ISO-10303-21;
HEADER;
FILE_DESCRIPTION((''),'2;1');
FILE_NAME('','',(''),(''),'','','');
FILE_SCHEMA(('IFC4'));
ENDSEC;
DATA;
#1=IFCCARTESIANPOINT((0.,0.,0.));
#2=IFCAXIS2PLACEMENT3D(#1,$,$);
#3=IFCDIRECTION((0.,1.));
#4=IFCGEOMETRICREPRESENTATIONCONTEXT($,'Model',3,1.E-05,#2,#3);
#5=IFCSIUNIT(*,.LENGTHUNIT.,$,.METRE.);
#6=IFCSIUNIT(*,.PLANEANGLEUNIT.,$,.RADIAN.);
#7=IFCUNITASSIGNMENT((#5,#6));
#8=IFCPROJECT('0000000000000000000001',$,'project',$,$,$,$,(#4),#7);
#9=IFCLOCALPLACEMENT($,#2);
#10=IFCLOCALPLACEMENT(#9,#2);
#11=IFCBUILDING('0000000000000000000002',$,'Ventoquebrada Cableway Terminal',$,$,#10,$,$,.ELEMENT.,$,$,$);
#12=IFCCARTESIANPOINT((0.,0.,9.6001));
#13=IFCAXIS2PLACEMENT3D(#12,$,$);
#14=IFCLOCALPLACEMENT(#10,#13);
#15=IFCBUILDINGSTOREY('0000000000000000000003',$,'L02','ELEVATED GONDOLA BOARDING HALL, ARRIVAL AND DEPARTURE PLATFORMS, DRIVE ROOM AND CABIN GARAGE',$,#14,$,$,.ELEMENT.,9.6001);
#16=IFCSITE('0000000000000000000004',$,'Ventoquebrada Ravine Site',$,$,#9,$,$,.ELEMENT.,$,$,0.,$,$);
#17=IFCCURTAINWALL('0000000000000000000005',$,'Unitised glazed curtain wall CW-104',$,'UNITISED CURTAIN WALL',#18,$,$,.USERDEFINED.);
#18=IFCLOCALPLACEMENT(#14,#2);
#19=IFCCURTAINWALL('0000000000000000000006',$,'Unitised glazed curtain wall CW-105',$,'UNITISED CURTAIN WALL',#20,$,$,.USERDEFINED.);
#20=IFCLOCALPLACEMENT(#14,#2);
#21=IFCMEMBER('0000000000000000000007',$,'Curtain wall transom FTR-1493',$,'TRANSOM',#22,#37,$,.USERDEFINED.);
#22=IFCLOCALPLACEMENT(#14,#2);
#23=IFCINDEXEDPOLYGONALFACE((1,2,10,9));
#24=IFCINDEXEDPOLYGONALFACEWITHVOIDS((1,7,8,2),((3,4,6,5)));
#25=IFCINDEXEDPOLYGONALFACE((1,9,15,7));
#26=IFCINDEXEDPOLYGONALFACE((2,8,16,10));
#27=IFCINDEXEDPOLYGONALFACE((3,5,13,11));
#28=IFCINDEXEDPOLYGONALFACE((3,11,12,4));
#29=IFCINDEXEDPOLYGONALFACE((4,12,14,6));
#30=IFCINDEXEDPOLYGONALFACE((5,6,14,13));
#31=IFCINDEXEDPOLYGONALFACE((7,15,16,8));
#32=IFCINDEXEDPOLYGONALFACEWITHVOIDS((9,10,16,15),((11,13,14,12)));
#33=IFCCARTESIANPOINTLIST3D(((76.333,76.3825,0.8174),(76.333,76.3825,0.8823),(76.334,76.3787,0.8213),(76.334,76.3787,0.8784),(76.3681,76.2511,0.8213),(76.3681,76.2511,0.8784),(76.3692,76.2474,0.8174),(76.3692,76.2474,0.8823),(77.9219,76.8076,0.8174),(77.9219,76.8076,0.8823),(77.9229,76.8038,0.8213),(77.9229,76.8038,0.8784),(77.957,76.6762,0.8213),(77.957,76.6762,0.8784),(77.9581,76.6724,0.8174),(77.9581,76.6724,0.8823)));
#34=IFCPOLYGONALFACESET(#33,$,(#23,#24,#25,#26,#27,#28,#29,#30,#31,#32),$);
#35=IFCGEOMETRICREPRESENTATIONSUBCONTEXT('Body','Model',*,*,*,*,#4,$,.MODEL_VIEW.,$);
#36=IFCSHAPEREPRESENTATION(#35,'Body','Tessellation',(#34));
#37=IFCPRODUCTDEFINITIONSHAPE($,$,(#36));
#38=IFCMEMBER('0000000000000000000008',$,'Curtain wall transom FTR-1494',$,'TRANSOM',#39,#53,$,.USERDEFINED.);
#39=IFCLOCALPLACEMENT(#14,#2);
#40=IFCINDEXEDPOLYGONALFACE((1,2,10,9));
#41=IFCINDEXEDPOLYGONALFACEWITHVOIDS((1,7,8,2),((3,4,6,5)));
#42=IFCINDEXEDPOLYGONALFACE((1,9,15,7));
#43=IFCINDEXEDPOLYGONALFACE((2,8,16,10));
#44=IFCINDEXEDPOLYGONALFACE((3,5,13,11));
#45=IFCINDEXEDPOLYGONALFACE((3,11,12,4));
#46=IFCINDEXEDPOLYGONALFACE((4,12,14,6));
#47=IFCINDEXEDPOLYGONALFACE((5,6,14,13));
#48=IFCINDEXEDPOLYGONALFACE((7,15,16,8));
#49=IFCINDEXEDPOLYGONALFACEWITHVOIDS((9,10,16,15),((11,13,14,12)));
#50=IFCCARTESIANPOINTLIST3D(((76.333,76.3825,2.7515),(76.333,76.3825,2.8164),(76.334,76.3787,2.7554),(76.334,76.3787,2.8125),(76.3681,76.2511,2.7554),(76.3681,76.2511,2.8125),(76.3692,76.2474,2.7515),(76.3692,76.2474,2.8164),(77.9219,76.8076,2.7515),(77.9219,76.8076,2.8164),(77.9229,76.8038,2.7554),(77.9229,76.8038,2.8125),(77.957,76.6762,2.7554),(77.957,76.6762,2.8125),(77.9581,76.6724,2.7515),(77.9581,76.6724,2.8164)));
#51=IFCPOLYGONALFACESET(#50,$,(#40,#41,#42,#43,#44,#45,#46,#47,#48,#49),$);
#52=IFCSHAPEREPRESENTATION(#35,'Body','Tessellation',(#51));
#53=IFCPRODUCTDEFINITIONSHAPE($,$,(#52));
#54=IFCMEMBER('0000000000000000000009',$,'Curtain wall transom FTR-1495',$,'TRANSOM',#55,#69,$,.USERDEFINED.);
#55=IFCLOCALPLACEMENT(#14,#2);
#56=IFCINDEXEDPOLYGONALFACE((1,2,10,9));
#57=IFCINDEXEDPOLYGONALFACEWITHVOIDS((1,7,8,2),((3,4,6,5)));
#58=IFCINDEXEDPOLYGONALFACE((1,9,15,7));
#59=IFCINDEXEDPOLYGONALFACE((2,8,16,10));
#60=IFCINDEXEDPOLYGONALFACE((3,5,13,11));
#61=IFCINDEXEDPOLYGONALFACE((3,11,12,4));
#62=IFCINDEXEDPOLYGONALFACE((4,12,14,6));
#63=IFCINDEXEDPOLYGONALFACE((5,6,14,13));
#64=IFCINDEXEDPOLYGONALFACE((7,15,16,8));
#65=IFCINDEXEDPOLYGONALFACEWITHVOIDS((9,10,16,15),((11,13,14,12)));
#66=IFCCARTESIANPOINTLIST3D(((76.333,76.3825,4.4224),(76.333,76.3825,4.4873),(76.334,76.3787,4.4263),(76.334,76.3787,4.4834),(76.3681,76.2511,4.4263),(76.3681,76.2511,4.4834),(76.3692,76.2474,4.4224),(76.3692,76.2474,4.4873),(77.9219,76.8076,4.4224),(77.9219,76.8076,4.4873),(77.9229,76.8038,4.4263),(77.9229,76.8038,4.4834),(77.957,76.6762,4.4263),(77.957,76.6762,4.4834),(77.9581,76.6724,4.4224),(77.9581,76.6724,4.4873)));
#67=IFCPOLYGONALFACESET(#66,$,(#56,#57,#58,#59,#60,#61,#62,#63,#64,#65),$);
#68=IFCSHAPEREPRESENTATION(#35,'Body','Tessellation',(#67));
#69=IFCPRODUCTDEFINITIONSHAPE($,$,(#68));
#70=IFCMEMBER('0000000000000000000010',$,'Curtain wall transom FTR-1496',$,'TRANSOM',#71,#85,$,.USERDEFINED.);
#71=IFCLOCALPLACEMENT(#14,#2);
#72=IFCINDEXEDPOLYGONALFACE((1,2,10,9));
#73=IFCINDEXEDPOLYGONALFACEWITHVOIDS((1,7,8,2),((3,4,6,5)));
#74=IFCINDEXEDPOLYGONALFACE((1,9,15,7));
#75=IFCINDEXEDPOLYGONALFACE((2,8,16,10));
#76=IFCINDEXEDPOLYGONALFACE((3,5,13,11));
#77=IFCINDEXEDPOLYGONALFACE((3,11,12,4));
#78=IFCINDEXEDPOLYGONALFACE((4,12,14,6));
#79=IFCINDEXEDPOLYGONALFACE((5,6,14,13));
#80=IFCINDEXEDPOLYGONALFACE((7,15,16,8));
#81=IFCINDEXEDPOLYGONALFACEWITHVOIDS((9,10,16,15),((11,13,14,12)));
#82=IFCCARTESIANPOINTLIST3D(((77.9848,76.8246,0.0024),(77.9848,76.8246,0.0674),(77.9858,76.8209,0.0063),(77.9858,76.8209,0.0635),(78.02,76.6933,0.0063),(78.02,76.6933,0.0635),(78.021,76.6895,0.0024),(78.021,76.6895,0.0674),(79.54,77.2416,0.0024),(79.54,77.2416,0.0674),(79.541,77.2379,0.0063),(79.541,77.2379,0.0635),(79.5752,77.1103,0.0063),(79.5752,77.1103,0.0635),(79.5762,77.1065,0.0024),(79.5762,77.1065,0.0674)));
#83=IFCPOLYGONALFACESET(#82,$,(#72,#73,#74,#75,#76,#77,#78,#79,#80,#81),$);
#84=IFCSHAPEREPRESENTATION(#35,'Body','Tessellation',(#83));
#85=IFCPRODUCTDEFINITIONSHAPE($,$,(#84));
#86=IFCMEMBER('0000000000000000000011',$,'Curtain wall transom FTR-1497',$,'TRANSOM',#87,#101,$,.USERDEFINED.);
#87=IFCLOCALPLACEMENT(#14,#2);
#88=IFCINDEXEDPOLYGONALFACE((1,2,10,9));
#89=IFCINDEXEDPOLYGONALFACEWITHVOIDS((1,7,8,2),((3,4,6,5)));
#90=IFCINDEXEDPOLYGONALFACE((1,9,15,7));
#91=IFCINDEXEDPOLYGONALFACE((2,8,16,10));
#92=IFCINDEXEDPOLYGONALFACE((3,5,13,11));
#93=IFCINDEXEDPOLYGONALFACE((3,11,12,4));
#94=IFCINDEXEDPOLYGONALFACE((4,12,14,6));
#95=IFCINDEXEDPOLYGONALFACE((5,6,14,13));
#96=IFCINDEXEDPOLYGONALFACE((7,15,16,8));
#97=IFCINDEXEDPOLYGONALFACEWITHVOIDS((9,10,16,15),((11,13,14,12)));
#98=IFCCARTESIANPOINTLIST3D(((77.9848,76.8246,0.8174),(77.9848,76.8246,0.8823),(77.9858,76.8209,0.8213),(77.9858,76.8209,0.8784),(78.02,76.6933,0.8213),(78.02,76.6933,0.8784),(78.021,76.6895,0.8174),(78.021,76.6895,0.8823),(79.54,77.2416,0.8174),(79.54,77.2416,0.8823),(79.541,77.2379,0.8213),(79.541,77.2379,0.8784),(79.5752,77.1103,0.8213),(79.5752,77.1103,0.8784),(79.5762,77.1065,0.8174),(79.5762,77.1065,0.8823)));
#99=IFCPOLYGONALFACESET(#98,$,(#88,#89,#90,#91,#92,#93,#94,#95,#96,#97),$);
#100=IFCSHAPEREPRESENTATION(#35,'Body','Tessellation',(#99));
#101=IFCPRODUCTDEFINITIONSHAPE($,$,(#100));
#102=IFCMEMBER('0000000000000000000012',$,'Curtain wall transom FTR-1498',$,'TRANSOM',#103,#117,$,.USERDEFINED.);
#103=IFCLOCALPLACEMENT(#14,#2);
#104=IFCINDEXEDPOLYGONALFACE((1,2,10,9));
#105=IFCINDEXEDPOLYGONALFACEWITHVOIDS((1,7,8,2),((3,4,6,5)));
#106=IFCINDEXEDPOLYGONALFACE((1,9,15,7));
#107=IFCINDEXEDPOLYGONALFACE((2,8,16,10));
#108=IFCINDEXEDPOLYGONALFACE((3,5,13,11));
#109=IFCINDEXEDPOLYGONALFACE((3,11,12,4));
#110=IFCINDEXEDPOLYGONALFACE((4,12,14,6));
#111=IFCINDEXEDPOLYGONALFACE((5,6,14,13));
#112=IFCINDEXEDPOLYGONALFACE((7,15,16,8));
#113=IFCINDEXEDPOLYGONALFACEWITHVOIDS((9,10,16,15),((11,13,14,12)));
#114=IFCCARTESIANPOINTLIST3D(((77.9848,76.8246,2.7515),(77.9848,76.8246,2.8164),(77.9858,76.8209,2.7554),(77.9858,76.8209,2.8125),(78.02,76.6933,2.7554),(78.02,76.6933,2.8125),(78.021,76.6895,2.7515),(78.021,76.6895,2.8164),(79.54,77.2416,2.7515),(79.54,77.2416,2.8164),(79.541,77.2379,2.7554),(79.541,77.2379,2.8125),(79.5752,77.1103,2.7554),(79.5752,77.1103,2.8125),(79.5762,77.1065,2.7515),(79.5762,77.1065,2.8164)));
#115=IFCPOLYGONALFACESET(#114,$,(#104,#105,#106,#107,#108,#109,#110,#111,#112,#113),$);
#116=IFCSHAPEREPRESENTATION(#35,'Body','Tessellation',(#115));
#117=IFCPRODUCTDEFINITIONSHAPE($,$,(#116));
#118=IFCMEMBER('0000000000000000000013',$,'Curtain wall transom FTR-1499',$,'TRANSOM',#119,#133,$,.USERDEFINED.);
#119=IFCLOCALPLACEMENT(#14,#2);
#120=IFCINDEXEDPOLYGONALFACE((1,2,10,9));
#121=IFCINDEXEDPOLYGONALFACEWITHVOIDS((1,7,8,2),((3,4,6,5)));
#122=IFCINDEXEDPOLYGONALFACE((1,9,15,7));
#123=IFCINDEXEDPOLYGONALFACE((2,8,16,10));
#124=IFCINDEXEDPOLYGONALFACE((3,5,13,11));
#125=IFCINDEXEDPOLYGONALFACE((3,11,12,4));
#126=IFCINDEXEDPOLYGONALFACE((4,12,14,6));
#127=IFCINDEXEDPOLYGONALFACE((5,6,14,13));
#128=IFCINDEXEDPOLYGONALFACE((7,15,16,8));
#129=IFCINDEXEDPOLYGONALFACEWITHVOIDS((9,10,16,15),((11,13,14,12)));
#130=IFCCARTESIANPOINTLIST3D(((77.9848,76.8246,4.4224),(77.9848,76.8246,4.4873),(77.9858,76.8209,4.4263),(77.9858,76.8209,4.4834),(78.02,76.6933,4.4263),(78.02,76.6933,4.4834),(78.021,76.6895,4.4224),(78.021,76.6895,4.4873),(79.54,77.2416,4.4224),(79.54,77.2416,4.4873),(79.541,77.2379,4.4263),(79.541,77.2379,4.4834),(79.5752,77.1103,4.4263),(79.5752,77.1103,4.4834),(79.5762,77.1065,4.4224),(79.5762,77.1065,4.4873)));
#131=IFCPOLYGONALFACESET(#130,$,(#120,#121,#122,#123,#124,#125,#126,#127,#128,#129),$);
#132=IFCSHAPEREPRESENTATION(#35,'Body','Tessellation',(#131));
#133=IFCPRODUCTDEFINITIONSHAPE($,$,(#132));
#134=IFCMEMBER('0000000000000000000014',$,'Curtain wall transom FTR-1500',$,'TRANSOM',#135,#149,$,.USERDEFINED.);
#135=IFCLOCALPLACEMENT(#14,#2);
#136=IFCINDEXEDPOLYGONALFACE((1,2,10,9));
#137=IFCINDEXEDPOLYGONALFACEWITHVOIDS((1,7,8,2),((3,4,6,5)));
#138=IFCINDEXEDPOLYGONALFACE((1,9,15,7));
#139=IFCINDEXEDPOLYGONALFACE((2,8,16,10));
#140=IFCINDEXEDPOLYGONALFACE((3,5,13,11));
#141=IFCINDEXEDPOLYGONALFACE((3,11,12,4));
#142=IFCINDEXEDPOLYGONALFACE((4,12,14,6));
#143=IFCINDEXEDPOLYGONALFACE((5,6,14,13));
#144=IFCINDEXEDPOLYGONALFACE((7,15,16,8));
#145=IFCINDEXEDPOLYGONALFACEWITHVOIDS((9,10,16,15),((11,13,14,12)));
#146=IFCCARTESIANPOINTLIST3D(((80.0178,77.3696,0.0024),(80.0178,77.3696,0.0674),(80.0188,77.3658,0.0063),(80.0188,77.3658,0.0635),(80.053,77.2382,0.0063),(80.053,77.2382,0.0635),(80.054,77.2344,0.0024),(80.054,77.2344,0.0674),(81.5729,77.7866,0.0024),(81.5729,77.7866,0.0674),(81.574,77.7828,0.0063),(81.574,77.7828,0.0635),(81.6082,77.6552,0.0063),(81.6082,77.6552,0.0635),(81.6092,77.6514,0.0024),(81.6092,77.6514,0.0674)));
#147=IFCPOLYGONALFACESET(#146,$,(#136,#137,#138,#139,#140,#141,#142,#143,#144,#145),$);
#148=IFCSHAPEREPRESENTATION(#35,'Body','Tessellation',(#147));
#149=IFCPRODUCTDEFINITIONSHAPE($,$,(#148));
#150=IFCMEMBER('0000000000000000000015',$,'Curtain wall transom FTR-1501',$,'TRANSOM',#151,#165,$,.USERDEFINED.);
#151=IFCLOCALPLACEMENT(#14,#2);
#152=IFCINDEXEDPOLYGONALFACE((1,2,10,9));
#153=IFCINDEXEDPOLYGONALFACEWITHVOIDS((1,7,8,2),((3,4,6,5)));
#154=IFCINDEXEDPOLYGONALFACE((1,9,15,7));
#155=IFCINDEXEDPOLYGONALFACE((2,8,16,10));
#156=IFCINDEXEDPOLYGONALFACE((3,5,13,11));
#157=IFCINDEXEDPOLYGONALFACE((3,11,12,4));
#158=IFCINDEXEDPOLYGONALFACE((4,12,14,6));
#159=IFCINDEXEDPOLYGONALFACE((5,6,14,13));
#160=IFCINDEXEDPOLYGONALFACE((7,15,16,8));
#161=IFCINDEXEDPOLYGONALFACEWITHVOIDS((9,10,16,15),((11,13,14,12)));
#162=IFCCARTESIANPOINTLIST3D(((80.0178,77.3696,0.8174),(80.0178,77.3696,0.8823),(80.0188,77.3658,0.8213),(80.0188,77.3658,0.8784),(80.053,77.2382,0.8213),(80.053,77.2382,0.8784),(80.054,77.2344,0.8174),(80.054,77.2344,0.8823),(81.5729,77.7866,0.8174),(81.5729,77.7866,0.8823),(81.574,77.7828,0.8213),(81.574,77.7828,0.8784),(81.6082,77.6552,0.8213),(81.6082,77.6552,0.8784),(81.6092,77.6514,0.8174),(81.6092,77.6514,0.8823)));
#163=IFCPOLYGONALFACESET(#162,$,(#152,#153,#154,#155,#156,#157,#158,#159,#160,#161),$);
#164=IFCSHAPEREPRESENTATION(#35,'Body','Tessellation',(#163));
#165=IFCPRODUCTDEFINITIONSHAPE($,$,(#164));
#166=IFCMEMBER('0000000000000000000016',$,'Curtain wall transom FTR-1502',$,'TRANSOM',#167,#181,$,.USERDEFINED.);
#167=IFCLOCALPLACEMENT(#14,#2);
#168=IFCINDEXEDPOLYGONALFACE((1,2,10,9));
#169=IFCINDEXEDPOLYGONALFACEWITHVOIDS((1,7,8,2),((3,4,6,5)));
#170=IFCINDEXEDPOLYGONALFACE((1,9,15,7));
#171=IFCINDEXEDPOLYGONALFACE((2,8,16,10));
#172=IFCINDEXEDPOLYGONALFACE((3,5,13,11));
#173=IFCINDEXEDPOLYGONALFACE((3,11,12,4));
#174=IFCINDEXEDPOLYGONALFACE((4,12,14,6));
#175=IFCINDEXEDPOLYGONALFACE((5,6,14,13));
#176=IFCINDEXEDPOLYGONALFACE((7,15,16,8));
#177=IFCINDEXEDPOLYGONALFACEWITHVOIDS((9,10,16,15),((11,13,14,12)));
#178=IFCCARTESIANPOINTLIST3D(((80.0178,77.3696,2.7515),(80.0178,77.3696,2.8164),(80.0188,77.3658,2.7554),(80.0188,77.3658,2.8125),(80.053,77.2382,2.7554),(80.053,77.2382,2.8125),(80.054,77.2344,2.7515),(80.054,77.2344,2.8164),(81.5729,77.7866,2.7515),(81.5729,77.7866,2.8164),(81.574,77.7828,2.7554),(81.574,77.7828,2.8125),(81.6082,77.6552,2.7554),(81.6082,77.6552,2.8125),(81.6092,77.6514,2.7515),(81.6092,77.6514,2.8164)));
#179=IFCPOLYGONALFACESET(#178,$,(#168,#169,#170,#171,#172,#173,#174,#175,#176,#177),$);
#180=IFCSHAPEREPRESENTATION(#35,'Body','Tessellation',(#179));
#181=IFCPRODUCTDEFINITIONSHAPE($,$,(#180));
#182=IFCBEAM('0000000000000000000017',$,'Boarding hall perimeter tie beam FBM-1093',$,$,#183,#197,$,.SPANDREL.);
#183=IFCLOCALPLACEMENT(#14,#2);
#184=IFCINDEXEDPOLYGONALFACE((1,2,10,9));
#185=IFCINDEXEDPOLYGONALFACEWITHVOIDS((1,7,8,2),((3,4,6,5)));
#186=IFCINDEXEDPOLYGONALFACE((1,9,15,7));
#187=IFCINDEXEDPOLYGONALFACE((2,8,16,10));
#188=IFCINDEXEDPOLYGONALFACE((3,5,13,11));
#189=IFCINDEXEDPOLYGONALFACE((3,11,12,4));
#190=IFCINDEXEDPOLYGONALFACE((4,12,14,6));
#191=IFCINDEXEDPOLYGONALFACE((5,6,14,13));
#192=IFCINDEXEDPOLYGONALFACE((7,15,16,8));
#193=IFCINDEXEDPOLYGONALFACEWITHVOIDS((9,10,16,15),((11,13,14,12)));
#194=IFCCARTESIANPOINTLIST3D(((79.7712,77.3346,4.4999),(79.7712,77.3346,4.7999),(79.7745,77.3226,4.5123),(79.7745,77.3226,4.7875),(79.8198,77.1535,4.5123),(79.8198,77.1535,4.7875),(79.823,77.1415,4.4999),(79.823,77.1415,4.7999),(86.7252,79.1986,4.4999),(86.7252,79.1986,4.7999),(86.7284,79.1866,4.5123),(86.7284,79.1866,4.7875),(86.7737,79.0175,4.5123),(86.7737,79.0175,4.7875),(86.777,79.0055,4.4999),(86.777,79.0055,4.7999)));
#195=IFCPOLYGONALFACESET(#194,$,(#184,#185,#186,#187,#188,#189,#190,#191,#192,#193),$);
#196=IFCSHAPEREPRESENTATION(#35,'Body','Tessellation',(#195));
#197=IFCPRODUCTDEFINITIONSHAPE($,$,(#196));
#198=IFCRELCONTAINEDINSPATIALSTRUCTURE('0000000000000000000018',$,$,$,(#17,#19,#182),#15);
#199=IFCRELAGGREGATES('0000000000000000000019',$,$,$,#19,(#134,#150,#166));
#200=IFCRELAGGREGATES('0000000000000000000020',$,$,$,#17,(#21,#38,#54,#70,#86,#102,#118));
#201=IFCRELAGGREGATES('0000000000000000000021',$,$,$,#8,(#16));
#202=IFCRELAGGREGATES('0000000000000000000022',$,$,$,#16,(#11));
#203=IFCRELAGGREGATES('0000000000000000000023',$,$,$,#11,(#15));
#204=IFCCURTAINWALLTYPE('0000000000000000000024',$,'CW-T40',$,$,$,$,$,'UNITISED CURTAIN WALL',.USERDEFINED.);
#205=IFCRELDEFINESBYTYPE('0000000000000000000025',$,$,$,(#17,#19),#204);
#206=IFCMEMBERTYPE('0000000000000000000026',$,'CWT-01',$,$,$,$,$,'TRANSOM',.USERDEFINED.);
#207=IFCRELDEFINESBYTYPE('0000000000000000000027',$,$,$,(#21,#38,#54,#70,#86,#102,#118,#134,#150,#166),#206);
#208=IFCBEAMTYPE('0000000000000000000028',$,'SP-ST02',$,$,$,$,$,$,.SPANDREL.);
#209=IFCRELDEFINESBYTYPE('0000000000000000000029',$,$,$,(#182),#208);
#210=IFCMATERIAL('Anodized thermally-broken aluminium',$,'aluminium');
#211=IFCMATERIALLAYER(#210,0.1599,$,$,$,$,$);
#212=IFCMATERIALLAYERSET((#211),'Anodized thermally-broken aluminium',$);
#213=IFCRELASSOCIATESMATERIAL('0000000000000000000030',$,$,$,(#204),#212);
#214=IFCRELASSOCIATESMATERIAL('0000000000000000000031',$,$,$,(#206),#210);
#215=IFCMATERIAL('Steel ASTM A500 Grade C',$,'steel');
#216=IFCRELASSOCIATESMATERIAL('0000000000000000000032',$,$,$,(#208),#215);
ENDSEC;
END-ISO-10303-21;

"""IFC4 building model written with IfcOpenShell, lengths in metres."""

from ifc_helpers import new_model, si_unit, direction, frame, origin, origin_2d, place, context, subcontext, project, spatial, hollow_rectangle, extrude, material, layer, layer_set, material_profile, profile_set, type_object, element, aggregate, save


model = new_model("IFC4")

# Units and contexts
model_context = context("Model", 3, precision=1e-05, world=origin(), true_north=direction((0.0, 1.0)))
body_context = subcontext(model_context, "Body", "Model", "MODEL_VIEW")
ifc_project = project(units=[si_unit("LENGTHUNIT", "METRE"), si_unit("PLANEANGLEUNIT", "RADIAN")], contexts=[model_context])

# Site, building, storey
site_placement = place(None, origin())
site = spatial("IfcSite", under=ifc_project, at=site_placement, Name="Ventoquebrada Ravine Site", CompositionType="ELEMENT", RefElevation=0.0)
building_placement = place(site_placement, origin())
building = spatial("IfcBuilding", under=site, at=building_placement, Name="Ventoquebrada Cableway Terminal", CompositionType="ELEMENT")
storey_placement = place(building_placement, frame((0.0, 0.0, 9.6001)))
storey = spatial("IfcBuildingStorey", under=building, at=storey_placement, Name="L02", Description="ELEVATED GONDOLA BOARDING HALL, ARRIVAL AND DEPARTURE PLATFORMS, DRIVE ROOM AND CABIN GARAGE", CompositionType="ELEMENT", Elevation=9.6001)

# Shared definitions
ifc_material_1 = material(Name="Steel ASTM A500 Grade C", Category="steel")

# Curtain wall
ifc_material_2 = material(Name="Anodized thermally-broken aluminium", Category="aluminium")
ifc_layer_1 = layer(ifc_material_2, 0.1599)
ifc_layer_set_1 = layer_set([ifc_layer_1], Name="Anodized thermally-broken aluminium")
curtain_wall_type = type_object("IfcCurtainWallType", Name="CW-T40", ElementType="UNITISED CURTAIN WALL", PredefinedType="USERDEFINED", material=ifc_layer_set_1)
curtain_wall_1_placement = place(storey_placement, origin())
curtain_wall_1 = element("IfcCurtainWall", 1, at=curtain_wall_1_placement, inside=storey, type_object=curtain_wall_type, Name="Unitised glazed curtain wall CW-104", ObjectType="UNITISED CURTAIN WALL", PredefinedType="USERDEFINED")

# Curtain wall
curtain_wall_2_placement = place(storey_placement, origin())
curtain_wall_2 = element("IfcCurtainWall", 2, at=curtain_wall_2_placement, inside=storey, type_object=curtain_wall_type, Name="Unitised glazed curtain wall CW-105", ObjectType="UNITISED CURTAIN WALL", PredefinedType="USERDEFINED")

# Members
ifc_material_profile_1 = material_profile(ifc_material_2, hollow_rectangle(XDim=0.0649, YDim=0.1399, WallThickness=0.0039, at=origin_2d()), Name="CW-TRN-65X140")
ifc_profile_set_1 = profile_set([ifc_material_profile_1], Name="Anodized thermally-broken aluminium")
member_type_1 = type_object("IfcMemberType", Name="CWT-01", ElementType="TRANSOM", PredefinedType="USERDEFINED", material=ifc_profile_set_1)
member_1_placement = place(storey_placement, frame((76.3511, 76.3149, 0.8499), z_axis=(0.96603, 0.258429, 0.0), x_axis=(0.0, 0.0, 1.0)))
member_1 = element("IfcMember", 3, at=member_1_placement, type_object=member_type_1, Name="Curtain wall transom FTR-1493", ObjectType="TRANSOM", PredefinedType="USERDEFINED", context=body_context, shape_type="SweptSolid", body=[
    extrude(hollow_rectangle(XDim=0.0649, YDim=0.1399, WallThickness=0.0039, at=origin_2d()), origin(), (0.0, 0.0, 1.0), 1.6448),
])
member_2_placement = place(storey_placement, frame((76.3511, 76.3149, 2.7839), z_axis=(0.96603, 0.258429, 0.0), x_axis=(0.0, 0.0, 1.0)))
member_2 = element("IfcMember", 4, at=member_2_placement, type_object=member_type_1, Name="Curtain wall transom FTR-1494", ObjectType="TRANSOM", PredefinedType="USERDEFINED", context=body_context, shape_type="SweptSolid", body=[
    extrude(hollow_rectangle(XDim=0.0649, YDim=0.1399, WallThickness=0.0039, at=origin_2d()), origin(), (0.0, 0.0, 1.0), 1.6448),
])
member_3_placement = place(storey_placement, frame((76.3511, 76.3149, 4.4548), z_axis=(0.96603, 0.258429, 0.0), x_axis=(0.0, 0.0, 1.0)))
member_3 = element("IfcMember", 5, at=member_3_placement, type_object=member_type_1, Name="Curtain wall transom FTR-1495", ObjectType="TRANSOM", PredefinedType="USERDEFINED", context=body_context, shape_type="SweptSolid", body=[
    extrude(hollow_rectangle(XDim=0.0649, YDim=0.1399, WallThickness=0.0039, at=origin_2d()), origin(), (0.0, 0.0, 1.0), 1.6448),
])
member_4_placement = place(storey_placement, frame((78.0029, 76.7571, 0.0349), z_axis=(0.965882, 0.258984, 0.0), x_axis=(0.0, 0.0, 1.0)))
member_4 = element("IfcMember", 6, at=member_4_placement, type_object=member_type_1, Name="Curtain wall transom FTR-1496", ObjectType="TRANSOM", PredefinedType="USERDEFINED", context=body_context, shape_type="SweptSolid", body=[
    extrude(hollow_rectangle(XDim=0.0649, YDim=0.1399, WallThickness=0.0039, at=origin_2d()), origin(), (0.0, 0.0, 1.0), 1.6101),
])
member_5_placement = place(storey_placement, frame((78.0029, 76.7571, 0.8499), z_axis=(0.965882, 0.258984, 0.0), x_axis=(0.0, 0.0, 1.0)))
member_5 = element("IfcMember", 7, at=member_5_placement, type_object=member_type_1, Name="Curtain wall transom FTR-1497", ObjectType="TRANSOM", PredefinedType="USERDEFINED", context=body_context, shape_type="SweptSolid", body=[
    extrude(hollow_rectangle(XDim=0.0649, YDim=0.1399, WallThickness=0.0039, at=origin_2d()), origin(), (0.0, 0.0, 1.0), 1.6101),
])
member_6_placement = place(storey_placement, frame((78.0029, 76.7571, 2.7839), z_axis=(0.965882, 0.258984, 0.0), x_axis=(0.0, 0.0, 1.0)))
member_6 = element("IfcMember", 8, at=member_6_placement, type_object=member_type_1, Name="Curtain wall transom FTR-1498", ObjectType="TRANSOM", PredefinedType="USERDEFINED", context=body_context, shape_type="SweptSolid", body=[
    extrude(hollow_rectangle(XDim=0.0649, YDim=0.1399, WallThickness=0.0039, at=origin_2d()), origin(), (0.0, 0.0, 1.0), 1.6101),
])
member_7_placement = place(storey_placement, frame((78.0029, 76.7571, 4.4548), z_axis=(0.965882, 0.258984, 0.0), x_axis=(0.0, 0.0, 1.0)))
member_7 = element("IfcMember", 9, at=member_7_placement, type_object=member_type_1, Name="Curtain wall transom FTR-1499", ObjectType="TRANSOM", PredefinedType="USERDEFINED", context=body_context, shape_type="SweptSolid", body=[
    extrude(hollow_rectangle(XDim=0.0649, YDim=0.1399, WallThickness=0.0039, at=origin_2d()), origin(), (0.0, 0.0, 1.0), 1.6101),
])
member_8_placement = place(storey_placement, frame((80.0359, 77.302, 0.0349), z_axis=(0.965882, 0.258984, 0.0), x_axis=(0.0, 0.0, 1.0)))
member_8 = element("IfcMember", 10, at=member_8_placement, type_object=member_type_1, Name="Curtain wall transom FTR-1500", ObjectType="TRANSOM", PredefinedType="USERDEFINED", context=body_context, shape_type="SweptSolid", body=[
    extrude(hollow_rectangle(XDim=0.0649, YDim=0.1399, WallThickness=0.0039, at=origin_2d()), origin(), (0.0, 0.0, 1.0), 1.6101),
])
member_9_placement = place(storey_placement, frame((80.0359, 77.302, 0.8499), z_axis=(0.965882, 0.258984, 0.0), x_axis=(0.0, 0.0, 1.0)))
member_9 = element("IfcMember", 11, at=member_9_placement, type_object=member_type_1, Name="Curtain wall transom FTR-1501", ObjectType="TRANSOM", PredefinedType="USERDEFINED", context=body_context, shape_type="SweptSolid", body=[
    extrude(hollow_rectangle(XDim=0.0649, YDim=0.1399, WallThickness=0.0039, at=origin_2d()), origin(), (0.0, 0.0, 1.0), 1.6101),
])
member_10_placement = place(storey_placement, frame((80.0359, 77.302, 2.7839), z_axis=(0.965882, 0.258984, 0.0), x_axis=(0.0, 0.0, 1.0)))
member_10 = element("IfcMember", 12, at=member_10_placement, type_object=member_type_1, Name="Curtain wall transom FTR-1502", ObjectType="TRANSOM", PredefinedType="USERDEFINED", context=body_context, shape_type="SweptSolid", body=[
    extrude(hollow_rectangle(XDim=0.0649, YDim=0.1399, WallThickness=0.0039, at=origin_2d()), origin(), (0.0, 0.0, 1.0), 1.6101),
])
aggregate(curtain_wall_2, [member_8, member_9, member_10])

# Beam
ifc_material_profile_2 = material_profile(ifc_material_1, hollow_rectangle(XDim=0.2, YDim=0.3, WallThickness=0.0125, at=origin_2d()), Name="RHS300X200X12.5")
ifc_profile_set_2 = profile_set([ifc_material_profile_2], Name="Steel ASTM A500 Grade C")
beam_type = type_object("IfcBeamType", Name="SP-ST02", PredefinedType="SPANDREL", material=ifc_profile_set_2)
beam_placement = place(storey_placement, frame((79.7971, 77.238, 4.6499), z_axis=(0.9659, 0.258914, 0.0), x_axis=(-0.258914, 0.9659, 0.0)))
element("IfcBeam", 13, at=beam_placement, inside=storey, type_object=beam_type, Name="Boarding hall perimeter tie beam FBM-1093", PredefinedType="SPANDREL", context=body_context, shape_type="SweptSolid", body=[
    extrude(hollow_rectangle(XDim=0.2, YDim=0.3, WallThickness=0.0125, at=origin_2d()), origin(), (0.0, 0.0, 1.0), 7.1995),
])

aggregate(curtain_wall_1, [member_1, member_2, member_3, member_4, member_5, member_6, member_7])

save(model, "model.ifc")
